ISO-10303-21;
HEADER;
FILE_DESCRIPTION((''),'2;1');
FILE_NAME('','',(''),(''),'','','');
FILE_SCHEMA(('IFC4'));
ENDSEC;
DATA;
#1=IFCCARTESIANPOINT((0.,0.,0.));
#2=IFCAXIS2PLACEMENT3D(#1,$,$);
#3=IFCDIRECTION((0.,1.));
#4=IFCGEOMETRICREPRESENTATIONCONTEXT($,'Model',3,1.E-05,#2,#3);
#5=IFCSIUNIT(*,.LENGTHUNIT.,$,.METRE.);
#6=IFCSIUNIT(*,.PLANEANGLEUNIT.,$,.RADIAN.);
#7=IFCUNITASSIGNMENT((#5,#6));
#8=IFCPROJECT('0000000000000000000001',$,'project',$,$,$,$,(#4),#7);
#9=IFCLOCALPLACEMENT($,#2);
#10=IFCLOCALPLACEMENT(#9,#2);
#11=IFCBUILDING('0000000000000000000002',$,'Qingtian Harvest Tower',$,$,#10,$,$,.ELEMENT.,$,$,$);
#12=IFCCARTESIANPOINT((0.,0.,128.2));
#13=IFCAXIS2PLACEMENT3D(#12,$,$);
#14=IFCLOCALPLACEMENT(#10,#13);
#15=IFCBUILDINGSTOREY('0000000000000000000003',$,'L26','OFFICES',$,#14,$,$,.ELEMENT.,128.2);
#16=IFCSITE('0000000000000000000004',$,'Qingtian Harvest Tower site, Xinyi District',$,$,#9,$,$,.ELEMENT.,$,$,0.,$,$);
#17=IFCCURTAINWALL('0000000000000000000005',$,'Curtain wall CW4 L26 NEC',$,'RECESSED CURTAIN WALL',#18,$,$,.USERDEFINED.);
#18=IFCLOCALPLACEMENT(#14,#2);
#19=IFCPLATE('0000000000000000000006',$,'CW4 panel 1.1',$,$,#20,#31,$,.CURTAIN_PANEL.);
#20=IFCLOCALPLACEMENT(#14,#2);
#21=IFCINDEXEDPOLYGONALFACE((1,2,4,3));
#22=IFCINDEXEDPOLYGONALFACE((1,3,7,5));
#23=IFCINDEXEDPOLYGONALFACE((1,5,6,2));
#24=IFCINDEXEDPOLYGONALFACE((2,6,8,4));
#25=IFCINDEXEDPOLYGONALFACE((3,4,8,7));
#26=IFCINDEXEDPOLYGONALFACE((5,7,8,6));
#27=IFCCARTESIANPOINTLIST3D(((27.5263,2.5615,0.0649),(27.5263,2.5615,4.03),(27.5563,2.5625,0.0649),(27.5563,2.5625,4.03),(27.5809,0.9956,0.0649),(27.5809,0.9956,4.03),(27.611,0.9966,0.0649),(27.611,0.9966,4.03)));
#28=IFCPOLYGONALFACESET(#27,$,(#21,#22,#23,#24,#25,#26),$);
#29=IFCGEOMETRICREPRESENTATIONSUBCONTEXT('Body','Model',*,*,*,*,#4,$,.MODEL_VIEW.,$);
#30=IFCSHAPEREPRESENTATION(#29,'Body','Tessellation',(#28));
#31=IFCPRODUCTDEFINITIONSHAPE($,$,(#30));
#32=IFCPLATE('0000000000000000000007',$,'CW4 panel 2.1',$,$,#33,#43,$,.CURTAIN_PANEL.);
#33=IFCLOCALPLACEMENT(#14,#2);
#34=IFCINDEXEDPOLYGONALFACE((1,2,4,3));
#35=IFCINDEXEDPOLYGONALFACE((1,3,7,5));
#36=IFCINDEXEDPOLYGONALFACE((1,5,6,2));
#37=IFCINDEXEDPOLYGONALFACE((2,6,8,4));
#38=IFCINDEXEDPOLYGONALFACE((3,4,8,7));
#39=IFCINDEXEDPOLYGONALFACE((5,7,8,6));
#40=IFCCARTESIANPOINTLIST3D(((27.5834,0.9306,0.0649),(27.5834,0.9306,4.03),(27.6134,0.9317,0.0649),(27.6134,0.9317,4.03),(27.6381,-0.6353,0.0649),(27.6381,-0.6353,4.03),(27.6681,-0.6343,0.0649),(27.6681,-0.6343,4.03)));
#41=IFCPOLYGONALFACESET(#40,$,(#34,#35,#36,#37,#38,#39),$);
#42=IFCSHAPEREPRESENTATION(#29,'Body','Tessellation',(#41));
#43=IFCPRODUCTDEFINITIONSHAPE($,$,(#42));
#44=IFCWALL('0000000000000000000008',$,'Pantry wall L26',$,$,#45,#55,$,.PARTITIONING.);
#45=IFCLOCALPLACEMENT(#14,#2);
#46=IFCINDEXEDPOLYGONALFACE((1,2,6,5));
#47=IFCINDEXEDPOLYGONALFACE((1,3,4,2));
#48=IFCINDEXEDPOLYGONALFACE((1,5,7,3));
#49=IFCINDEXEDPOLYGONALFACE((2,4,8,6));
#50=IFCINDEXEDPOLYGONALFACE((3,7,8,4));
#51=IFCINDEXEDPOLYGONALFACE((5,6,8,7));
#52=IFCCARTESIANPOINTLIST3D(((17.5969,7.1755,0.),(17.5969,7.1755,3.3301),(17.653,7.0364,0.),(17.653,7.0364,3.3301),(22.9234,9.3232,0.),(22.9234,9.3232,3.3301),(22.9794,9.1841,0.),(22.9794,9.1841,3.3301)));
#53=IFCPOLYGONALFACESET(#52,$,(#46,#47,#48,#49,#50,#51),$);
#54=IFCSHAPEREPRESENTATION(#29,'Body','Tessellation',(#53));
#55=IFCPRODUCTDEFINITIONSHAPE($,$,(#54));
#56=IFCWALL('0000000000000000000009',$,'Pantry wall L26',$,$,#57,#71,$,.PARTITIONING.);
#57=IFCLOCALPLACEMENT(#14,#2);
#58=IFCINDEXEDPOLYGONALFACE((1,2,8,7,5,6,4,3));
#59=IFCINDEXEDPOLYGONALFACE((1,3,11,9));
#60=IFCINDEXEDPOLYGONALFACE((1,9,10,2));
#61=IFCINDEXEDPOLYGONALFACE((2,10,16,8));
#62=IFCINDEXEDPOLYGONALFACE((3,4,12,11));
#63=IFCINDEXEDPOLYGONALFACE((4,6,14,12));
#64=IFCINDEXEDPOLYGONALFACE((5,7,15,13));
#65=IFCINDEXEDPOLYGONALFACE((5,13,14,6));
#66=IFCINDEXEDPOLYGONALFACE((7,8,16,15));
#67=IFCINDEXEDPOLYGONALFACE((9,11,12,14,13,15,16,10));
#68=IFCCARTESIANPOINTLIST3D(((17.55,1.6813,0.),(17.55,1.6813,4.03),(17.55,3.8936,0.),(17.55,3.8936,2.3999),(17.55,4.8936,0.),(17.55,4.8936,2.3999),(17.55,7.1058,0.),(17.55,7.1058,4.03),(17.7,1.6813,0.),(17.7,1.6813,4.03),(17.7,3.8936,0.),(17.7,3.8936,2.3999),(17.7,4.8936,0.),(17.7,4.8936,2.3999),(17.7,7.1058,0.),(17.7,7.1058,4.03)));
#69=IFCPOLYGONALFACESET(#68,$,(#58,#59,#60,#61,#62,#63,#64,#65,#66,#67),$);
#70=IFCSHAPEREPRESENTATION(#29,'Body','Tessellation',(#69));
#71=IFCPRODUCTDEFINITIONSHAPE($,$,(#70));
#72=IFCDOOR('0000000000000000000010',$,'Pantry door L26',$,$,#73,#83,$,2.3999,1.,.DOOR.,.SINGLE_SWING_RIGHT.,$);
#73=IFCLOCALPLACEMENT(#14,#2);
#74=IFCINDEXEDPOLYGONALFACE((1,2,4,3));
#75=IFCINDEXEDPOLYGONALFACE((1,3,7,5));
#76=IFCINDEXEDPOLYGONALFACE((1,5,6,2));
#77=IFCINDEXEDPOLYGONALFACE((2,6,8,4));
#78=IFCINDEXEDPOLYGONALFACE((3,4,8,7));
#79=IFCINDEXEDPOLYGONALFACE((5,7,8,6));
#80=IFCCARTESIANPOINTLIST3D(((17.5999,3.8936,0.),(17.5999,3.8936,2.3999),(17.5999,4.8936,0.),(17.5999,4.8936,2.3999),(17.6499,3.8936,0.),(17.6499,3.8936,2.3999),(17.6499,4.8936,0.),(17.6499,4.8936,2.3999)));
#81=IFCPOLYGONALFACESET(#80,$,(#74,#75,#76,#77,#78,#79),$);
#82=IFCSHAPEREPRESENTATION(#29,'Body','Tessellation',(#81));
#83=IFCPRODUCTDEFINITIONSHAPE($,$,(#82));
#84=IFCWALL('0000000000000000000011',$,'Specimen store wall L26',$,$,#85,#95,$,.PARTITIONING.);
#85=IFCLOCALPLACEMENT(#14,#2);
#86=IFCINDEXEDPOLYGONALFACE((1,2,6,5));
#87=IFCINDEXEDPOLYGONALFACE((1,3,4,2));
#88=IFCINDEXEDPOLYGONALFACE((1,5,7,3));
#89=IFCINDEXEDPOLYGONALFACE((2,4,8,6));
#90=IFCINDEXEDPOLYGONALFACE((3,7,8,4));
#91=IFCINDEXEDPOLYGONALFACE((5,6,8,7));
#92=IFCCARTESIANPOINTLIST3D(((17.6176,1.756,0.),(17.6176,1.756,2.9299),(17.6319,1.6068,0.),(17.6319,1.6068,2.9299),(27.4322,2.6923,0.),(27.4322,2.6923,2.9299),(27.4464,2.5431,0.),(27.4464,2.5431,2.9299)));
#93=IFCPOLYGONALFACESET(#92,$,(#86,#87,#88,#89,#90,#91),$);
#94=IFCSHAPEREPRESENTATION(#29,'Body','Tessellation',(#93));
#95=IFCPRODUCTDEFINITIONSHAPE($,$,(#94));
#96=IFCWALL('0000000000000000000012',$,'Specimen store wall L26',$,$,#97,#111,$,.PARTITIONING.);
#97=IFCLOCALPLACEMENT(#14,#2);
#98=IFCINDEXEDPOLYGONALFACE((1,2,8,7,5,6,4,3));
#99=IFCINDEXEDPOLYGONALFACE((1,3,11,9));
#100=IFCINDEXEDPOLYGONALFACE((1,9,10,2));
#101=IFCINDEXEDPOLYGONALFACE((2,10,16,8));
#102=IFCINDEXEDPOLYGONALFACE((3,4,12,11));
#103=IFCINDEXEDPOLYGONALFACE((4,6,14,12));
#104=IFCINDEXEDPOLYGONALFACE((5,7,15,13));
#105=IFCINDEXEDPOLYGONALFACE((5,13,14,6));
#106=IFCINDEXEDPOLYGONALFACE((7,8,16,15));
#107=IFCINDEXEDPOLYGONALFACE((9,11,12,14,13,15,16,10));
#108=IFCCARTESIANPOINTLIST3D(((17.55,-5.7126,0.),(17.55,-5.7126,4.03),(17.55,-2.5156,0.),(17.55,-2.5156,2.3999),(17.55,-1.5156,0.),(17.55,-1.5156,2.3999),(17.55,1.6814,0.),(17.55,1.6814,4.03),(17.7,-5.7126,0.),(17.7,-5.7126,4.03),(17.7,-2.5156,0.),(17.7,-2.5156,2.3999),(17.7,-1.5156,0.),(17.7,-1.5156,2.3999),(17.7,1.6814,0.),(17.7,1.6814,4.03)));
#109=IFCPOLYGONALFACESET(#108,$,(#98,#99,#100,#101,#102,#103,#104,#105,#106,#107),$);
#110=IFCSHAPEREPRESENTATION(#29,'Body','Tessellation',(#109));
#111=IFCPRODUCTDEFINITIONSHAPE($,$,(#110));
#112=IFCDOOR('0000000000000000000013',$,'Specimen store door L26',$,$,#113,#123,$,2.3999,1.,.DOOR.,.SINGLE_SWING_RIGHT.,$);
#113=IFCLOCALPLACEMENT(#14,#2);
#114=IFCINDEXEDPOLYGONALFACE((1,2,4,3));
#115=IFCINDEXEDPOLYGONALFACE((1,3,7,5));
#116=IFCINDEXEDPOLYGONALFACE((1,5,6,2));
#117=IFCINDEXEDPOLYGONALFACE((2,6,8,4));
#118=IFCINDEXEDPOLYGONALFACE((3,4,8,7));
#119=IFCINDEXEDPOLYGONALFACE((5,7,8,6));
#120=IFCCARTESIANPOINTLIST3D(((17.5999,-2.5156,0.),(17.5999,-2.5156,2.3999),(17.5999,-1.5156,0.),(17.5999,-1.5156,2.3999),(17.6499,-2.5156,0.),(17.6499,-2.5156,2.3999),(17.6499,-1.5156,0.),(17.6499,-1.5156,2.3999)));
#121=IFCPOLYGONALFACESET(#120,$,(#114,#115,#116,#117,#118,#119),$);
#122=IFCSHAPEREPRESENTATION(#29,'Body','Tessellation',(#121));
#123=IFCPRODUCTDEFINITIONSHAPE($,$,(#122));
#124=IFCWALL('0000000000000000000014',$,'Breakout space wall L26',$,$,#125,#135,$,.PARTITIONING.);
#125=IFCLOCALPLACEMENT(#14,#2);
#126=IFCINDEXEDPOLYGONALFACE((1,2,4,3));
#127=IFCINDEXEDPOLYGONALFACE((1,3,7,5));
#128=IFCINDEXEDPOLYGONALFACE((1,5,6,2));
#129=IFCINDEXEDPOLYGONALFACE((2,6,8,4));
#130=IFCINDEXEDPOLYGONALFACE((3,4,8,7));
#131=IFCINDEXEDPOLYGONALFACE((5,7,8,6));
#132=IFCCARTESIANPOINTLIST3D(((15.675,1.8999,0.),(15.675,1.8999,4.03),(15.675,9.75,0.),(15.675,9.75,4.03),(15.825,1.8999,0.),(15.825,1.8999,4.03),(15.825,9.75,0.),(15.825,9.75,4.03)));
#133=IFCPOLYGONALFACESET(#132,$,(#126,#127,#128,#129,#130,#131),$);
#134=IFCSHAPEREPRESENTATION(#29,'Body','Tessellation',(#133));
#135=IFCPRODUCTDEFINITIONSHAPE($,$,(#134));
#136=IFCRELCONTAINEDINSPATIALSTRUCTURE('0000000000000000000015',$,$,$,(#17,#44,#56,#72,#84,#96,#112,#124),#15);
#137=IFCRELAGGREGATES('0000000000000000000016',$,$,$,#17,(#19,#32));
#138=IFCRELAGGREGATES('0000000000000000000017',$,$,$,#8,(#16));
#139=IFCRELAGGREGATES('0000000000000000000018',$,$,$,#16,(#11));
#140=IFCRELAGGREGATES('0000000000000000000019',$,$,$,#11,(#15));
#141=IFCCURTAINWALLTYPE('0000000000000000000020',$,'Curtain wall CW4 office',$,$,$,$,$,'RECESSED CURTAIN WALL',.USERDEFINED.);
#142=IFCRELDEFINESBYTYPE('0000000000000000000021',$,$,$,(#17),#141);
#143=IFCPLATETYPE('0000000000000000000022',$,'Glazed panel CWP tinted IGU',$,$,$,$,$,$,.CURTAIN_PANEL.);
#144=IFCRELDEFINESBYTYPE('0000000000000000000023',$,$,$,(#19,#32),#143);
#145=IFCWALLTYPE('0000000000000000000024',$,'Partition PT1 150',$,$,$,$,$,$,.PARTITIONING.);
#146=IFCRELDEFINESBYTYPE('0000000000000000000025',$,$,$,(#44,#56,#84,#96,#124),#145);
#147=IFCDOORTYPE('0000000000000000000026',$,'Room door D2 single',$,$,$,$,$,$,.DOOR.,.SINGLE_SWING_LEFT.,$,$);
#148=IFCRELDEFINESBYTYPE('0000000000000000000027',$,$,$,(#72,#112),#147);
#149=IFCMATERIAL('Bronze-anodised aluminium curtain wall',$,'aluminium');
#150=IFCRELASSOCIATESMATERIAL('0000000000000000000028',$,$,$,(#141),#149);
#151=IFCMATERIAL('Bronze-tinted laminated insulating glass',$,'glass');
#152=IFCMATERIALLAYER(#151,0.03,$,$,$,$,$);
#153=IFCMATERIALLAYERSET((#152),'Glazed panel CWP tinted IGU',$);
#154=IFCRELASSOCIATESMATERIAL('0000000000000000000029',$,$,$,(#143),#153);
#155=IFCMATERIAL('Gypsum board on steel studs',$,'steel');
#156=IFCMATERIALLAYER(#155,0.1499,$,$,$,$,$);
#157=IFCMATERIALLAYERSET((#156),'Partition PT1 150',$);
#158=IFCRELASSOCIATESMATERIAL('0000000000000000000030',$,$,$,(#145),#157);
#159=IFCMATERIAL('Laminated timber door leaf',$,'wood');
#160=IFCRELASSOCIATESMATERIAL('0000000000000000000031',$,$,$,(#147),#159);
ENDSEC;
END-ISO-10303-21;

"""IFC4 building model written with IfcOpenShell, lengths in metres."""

from ifc_helpers import new_model, si_unit, direction, frame, frame_2d, origin, origin_2d, place, context, subcontext, project, spatial, rectangle, extrude, material, layer, layer_set, type_object, element, fill, aggregate, save


model = new_model("IFC4")

# Units and contexts
model_context = context("Model", 3, precision=1e-05, world=origin(), true_north=direction((0.0, 1.0)))
body_context = subcontext(model_context, "Body", "Model", "MODEL_VIEW")
ifc_project = project(units=[si_unit("LENGTHUNIT", "METRE"), si_unit("PLANEANGLEUNIT", "RADIAN")], contexts=[model_context])

# Site, building, storey
site_placement = place(None, origin())
site = spatial("IfcSite", under=ifc_project, at=site_placement, Name="Qingtian Harvest Tower site, Xinyi District", CompositionType="ELEMENT", RefElevation=0.0)
building_placement = place(site_placement, origin())
building = spatial("IfcBuilding", under=site, at=building_placement, Name="Qingtian Harvest Tower", CompositionType="ELEMENT")
storey_placement = place(building_placement, frame((0.0, 0.0, 128.2)))
storey = spatial("IfcBuildingStorey", under=building, at=storey_placement, Name="L26", Description="OFFICES", CompositionType="ELEMENT", Elevation=128.2)

# Curtain wall
ifc_material_1 = material(Name="Bronze-anodised aluminium curtain wall", Category="aluminium")
curtain_wall_type = type_object("IfcCurtainWallType", Name="Curtain wall CW4 office", ElementType="RECESSED CURTAIN WALL", PredefinedType="USERDEFINED", material=ifc_material_1)
curtain_wall_1_placement = place(storey_placement, origin())
curtain_wall_1 = element("IfcCurtainWall", 1, at=curtain_wall_1_placement, inside=storey, type_object=curtain_wall_type, Name="Curtain wall CW4 L26 NEC", ObjectType="RECESSED CURTAIN WALL", PredefinedType="USERDEFINED")

# Plates
ifc_material_2 = material(Name="Bronze-tinted laminated insulating glass", Category="glass")
ifc_layer_1 = layer(ifc_material_2, 0.03)
ifc_layer_set_1 = layer_set([ifc_layer_1], Name="Glazed panel CWP tinted IGU")
plate_type = type_object("IfcPlateType", Name="Glazed panel CWP tinted IGU", PredefinedType="CURTAIN_PANEL", material=ifc_layer_set_1)
plate_1_placement = place(storey_placement, frame((27.5686, 1.7791, 0.0649), z_axis=(0.0, 0.0, 1.0), x_axis=(0.034899, -0.999391, 0.0)))
plate_1 = element("IfcPlate", 2, at=plate_1_placement, type_object=plate_type, Name="CW4 panel 1.1", PredefinedType="CURTAIN_PANEL", context=body_context, shape_type="SweptSolid", body=[
    extrude(rectangle(XDim=1.5669, YDim=0.03, at=origin_2d()), origin(), (0.0, 0.0, 1.0), 3.9651),
])
plate_2_placement = place(storey_placement, frame((27.6257, 0.1482, 0.0649), z_axis=(0.0, 0.0, 1.0), x_axis=(0.034899, -0.999391, 0.0)))
plate_2 = element("IfcPlate", 3, at=plate_2_placement, type_object=plate_type, Name="CW4 panel 2.1", PredefinedType="CURTAIN_PANEL", context=body_context, shape_type="SweptSolid", body=[
    extrude(rectangle(XDim=1.5669, YDim=0.03, at=origin_2d()), origin(), (0.0, 0.0, 1.0), 3.9651),
])
aggregate(curtain_wall_1, [plate_1, plate_2])

# Shared definitions
ifc_material_3 = material(Name="Gypsum board on steel studs", Category="steel")
ifc_layer_2 = layer(ifc_material_3, 0.1499)
ifc_layer_set_2 = layer_set([ifc_layer_2], Name="Partition PT1 150")
wall_type = type_object("IfcWallType", Name="Partition PT1 150", PredefinedType="PARTITIONING", material=ifc_layer_set_2)
ifc_material_4 = material(Name="Laminated timber door leaf", Category="wood")
door_type = type_object("IfcDoorType", Name="Room door D2 single", OperationType="SINGLE_SWING_LEFT", PredefinedType="DOOR", material=ifc_material_4)

# Wall
wall_1_placement = place(storey_placement, frame((22.9514, 9.2537, 0.0), z_axis=(0.0, 0.0, 1.0), x_axis=(-0.927444, -0.373962, 0.0)))
element("IfcWall", 4, at=wall_1_placement, inside=storey, type_object=wall_type, Name="Pantry wall L26", PredefinedType="PARTITIONING", context=body_context, shape_type="SweptSolid", body=[
    extrude(rectangle(XDim=5.7432, YDim=0.1499, at=frame_2d((2.8716, 0.0))), origin(), (0.0, 0.0, 1.0), 3.3301),
])

# Wall, opening, door
wall_2_placement = place(storey_placement, frame((17.625, 7.106, 0.0), z_axis=(0.0, 0.0, 1.0), x_axis=(0.0, -1.0, 0.0)))
wall_2 = element("IfcWall", 5, at=wall_2_placement, inside=storey, type_object=wall_type, Name="Pantry wall L26", PredefinedType="PARTITIONING", context=body_context, shape_type="SweptSolid", body=[
    extrude(rectangle(XDim=5.4246, YDim=0.1499, at=frame_2d((2.7124, 0.0))), origin(), (0.0, 0.0, 1.0), 4.03),
])
opening_1_placement = place(wall_2_placement, frame((2.2124, 0.0, 0.0)))
opening_1 = element("IfcOpeningElement", 6, at=opening_1_placement, cuts=wall_2, PredefinedType="OPENING", context=body_context, shape_type="SweptSolid", body=[
    extrude(rectangle(XDim=1.0, YDim=2.3999, at=frame_2d((0.5, 1.2))), frame((0.0, 0.085, 0.0), z_axis=(0.0, -1.0, 0.0), x_axis=(1.0, 0.0, 0.0)), (0.0, 0.0, 1.0), 0.1699),
])
door_1_placement = place(opening_1_placement, origin())
door_1 = element("IfcDoor", 7, at=door_1_placement, inside=storey, type_object=door_type, Name="Pantry door L26", OperationType="SINGLE_SWING_RIGHT", OverallHeight=2.3999, OverallWidth=1.0, PredefinedType="DOOR", context=body_context, shape_type="SweptSolid", body=[
    extrude(rectangle(XDim=1.0, YDim=2.3999, at=frame_2d((0.5, 1.2))), frame((0.0, 0.0249, 0.0), z_axis=(0.0, -1.0, 0.0), x_axis=(1.0, 0.0, 0.0)), (0.0, 0.0, 1.0), 0.05),
])
fill(opening_1, door_1)

# Wall
wall_3_placement = place(storey_placement, frame((27.4395, 2.6177, 0.0), z_axis=(0.0, 0.0, 1.0), x_axis=(-0.99548, -0.094967, 0.0)))
element("IfcWall", 8, at=wall_3_placement, inside=storey, type_object=wall_type, Name="Specimen store wall L26", PredefinedType="PARTITIONING", context=body_context, shape_type="SweptSolid", body=[
    extrude(rectangle(XDim=9.8591, YDim=0.1499, at=frame_2d((4.9297, 0.0))), origin(), (0.0, 0.0, 1.0), 2.9299),
])

# Wall, opening, door
wall_4_placement = place(storey_placement, frame((17.625, 1.6814, 0.0), z_axis=(0.0, 0.0, 1.0), x_axis=(0.0, -1.0, 0.0)))
wall_4 = element("IfcWall", 9, at=wall_4_placement, inside=storey, type_object=wall_type, Name="Specimen store wall L26", PredefinedType="PARTITIONING", context=body_context, shape_type="SweptSolid", body=[
    extrude(rectangle(XDim=7.394, YDim=0.1499, at=frame_2d((3.697, 0.0))), origin(), (0.0, 0.0, 1.0), 4.03),
])
opening_2_placement = place(wall_4_placement, frame((3.197, 0.0, 0.0)))
opening_2 = element("IfcOpeningElement", 10, at=opening_2_placement, cuts=wall_4, PredefinedType="OPENING", context=body_context, shape_type="SweptSolid", body=[
    extrude(rectangle(XDim=1.0, YDim=2.3999, at=frame_2d((0.5, 1.2))), frame((0.0, 0.085, 0.0), z_axis=(0.0, -1.0, 0.0), x_axis=(1.0, 0.0, 0.0)), (0.0, 0.0, 1.0), 0.1699),
])
door_2_placement = place(opening_2_placement, origin())
door_2 = element("IfcDoor", 11, at=door_2_placement, inside=storey, type_object=door_type, Name="Specimen store door L26", OperationType="SINGLE_SWING_RIGHT", OverallHeight=2.3999, OverallWidth=1.0, PredefinedType="DOOR", context=body_context, shape_type="SweptSolid", body=[
    extrude(rectangle(XDim=1.0, YDim=2.3999, at=frame_2d((0.5, 1.2))), frame((0.0, 0.0249, 0.0), z_axis=(0.0, -1.0, 0.0), x_axis=(1.0, 0.0, 0.0)), (0.0, 0.0, 1.0), 0.05),
])
fill(opening_2, door_2)

# Wall
wall_5_placement = place(storey_placement, frame((15.75, 1.8999, 0.0), z_axis=(0.0, 0.0, 1.0), x_axis=(0.0, 1.0, 0.0)))
element("IfcWall", 12, at=wall_5_placement, inside=storey, type_object=wall_type, Name="Breakout space wall L26", PredefinedType="PARTITIONING", context=body_context, shape_type="SweptSolid", body=[
    extrude(rectangle(XDim=7.8501, YDim=0.1499, at=frame_2d((3.925, 0.0))), origin(), (0.0, 0.0, 1.0), 4.03),
])

save(model, "model.ifc")
